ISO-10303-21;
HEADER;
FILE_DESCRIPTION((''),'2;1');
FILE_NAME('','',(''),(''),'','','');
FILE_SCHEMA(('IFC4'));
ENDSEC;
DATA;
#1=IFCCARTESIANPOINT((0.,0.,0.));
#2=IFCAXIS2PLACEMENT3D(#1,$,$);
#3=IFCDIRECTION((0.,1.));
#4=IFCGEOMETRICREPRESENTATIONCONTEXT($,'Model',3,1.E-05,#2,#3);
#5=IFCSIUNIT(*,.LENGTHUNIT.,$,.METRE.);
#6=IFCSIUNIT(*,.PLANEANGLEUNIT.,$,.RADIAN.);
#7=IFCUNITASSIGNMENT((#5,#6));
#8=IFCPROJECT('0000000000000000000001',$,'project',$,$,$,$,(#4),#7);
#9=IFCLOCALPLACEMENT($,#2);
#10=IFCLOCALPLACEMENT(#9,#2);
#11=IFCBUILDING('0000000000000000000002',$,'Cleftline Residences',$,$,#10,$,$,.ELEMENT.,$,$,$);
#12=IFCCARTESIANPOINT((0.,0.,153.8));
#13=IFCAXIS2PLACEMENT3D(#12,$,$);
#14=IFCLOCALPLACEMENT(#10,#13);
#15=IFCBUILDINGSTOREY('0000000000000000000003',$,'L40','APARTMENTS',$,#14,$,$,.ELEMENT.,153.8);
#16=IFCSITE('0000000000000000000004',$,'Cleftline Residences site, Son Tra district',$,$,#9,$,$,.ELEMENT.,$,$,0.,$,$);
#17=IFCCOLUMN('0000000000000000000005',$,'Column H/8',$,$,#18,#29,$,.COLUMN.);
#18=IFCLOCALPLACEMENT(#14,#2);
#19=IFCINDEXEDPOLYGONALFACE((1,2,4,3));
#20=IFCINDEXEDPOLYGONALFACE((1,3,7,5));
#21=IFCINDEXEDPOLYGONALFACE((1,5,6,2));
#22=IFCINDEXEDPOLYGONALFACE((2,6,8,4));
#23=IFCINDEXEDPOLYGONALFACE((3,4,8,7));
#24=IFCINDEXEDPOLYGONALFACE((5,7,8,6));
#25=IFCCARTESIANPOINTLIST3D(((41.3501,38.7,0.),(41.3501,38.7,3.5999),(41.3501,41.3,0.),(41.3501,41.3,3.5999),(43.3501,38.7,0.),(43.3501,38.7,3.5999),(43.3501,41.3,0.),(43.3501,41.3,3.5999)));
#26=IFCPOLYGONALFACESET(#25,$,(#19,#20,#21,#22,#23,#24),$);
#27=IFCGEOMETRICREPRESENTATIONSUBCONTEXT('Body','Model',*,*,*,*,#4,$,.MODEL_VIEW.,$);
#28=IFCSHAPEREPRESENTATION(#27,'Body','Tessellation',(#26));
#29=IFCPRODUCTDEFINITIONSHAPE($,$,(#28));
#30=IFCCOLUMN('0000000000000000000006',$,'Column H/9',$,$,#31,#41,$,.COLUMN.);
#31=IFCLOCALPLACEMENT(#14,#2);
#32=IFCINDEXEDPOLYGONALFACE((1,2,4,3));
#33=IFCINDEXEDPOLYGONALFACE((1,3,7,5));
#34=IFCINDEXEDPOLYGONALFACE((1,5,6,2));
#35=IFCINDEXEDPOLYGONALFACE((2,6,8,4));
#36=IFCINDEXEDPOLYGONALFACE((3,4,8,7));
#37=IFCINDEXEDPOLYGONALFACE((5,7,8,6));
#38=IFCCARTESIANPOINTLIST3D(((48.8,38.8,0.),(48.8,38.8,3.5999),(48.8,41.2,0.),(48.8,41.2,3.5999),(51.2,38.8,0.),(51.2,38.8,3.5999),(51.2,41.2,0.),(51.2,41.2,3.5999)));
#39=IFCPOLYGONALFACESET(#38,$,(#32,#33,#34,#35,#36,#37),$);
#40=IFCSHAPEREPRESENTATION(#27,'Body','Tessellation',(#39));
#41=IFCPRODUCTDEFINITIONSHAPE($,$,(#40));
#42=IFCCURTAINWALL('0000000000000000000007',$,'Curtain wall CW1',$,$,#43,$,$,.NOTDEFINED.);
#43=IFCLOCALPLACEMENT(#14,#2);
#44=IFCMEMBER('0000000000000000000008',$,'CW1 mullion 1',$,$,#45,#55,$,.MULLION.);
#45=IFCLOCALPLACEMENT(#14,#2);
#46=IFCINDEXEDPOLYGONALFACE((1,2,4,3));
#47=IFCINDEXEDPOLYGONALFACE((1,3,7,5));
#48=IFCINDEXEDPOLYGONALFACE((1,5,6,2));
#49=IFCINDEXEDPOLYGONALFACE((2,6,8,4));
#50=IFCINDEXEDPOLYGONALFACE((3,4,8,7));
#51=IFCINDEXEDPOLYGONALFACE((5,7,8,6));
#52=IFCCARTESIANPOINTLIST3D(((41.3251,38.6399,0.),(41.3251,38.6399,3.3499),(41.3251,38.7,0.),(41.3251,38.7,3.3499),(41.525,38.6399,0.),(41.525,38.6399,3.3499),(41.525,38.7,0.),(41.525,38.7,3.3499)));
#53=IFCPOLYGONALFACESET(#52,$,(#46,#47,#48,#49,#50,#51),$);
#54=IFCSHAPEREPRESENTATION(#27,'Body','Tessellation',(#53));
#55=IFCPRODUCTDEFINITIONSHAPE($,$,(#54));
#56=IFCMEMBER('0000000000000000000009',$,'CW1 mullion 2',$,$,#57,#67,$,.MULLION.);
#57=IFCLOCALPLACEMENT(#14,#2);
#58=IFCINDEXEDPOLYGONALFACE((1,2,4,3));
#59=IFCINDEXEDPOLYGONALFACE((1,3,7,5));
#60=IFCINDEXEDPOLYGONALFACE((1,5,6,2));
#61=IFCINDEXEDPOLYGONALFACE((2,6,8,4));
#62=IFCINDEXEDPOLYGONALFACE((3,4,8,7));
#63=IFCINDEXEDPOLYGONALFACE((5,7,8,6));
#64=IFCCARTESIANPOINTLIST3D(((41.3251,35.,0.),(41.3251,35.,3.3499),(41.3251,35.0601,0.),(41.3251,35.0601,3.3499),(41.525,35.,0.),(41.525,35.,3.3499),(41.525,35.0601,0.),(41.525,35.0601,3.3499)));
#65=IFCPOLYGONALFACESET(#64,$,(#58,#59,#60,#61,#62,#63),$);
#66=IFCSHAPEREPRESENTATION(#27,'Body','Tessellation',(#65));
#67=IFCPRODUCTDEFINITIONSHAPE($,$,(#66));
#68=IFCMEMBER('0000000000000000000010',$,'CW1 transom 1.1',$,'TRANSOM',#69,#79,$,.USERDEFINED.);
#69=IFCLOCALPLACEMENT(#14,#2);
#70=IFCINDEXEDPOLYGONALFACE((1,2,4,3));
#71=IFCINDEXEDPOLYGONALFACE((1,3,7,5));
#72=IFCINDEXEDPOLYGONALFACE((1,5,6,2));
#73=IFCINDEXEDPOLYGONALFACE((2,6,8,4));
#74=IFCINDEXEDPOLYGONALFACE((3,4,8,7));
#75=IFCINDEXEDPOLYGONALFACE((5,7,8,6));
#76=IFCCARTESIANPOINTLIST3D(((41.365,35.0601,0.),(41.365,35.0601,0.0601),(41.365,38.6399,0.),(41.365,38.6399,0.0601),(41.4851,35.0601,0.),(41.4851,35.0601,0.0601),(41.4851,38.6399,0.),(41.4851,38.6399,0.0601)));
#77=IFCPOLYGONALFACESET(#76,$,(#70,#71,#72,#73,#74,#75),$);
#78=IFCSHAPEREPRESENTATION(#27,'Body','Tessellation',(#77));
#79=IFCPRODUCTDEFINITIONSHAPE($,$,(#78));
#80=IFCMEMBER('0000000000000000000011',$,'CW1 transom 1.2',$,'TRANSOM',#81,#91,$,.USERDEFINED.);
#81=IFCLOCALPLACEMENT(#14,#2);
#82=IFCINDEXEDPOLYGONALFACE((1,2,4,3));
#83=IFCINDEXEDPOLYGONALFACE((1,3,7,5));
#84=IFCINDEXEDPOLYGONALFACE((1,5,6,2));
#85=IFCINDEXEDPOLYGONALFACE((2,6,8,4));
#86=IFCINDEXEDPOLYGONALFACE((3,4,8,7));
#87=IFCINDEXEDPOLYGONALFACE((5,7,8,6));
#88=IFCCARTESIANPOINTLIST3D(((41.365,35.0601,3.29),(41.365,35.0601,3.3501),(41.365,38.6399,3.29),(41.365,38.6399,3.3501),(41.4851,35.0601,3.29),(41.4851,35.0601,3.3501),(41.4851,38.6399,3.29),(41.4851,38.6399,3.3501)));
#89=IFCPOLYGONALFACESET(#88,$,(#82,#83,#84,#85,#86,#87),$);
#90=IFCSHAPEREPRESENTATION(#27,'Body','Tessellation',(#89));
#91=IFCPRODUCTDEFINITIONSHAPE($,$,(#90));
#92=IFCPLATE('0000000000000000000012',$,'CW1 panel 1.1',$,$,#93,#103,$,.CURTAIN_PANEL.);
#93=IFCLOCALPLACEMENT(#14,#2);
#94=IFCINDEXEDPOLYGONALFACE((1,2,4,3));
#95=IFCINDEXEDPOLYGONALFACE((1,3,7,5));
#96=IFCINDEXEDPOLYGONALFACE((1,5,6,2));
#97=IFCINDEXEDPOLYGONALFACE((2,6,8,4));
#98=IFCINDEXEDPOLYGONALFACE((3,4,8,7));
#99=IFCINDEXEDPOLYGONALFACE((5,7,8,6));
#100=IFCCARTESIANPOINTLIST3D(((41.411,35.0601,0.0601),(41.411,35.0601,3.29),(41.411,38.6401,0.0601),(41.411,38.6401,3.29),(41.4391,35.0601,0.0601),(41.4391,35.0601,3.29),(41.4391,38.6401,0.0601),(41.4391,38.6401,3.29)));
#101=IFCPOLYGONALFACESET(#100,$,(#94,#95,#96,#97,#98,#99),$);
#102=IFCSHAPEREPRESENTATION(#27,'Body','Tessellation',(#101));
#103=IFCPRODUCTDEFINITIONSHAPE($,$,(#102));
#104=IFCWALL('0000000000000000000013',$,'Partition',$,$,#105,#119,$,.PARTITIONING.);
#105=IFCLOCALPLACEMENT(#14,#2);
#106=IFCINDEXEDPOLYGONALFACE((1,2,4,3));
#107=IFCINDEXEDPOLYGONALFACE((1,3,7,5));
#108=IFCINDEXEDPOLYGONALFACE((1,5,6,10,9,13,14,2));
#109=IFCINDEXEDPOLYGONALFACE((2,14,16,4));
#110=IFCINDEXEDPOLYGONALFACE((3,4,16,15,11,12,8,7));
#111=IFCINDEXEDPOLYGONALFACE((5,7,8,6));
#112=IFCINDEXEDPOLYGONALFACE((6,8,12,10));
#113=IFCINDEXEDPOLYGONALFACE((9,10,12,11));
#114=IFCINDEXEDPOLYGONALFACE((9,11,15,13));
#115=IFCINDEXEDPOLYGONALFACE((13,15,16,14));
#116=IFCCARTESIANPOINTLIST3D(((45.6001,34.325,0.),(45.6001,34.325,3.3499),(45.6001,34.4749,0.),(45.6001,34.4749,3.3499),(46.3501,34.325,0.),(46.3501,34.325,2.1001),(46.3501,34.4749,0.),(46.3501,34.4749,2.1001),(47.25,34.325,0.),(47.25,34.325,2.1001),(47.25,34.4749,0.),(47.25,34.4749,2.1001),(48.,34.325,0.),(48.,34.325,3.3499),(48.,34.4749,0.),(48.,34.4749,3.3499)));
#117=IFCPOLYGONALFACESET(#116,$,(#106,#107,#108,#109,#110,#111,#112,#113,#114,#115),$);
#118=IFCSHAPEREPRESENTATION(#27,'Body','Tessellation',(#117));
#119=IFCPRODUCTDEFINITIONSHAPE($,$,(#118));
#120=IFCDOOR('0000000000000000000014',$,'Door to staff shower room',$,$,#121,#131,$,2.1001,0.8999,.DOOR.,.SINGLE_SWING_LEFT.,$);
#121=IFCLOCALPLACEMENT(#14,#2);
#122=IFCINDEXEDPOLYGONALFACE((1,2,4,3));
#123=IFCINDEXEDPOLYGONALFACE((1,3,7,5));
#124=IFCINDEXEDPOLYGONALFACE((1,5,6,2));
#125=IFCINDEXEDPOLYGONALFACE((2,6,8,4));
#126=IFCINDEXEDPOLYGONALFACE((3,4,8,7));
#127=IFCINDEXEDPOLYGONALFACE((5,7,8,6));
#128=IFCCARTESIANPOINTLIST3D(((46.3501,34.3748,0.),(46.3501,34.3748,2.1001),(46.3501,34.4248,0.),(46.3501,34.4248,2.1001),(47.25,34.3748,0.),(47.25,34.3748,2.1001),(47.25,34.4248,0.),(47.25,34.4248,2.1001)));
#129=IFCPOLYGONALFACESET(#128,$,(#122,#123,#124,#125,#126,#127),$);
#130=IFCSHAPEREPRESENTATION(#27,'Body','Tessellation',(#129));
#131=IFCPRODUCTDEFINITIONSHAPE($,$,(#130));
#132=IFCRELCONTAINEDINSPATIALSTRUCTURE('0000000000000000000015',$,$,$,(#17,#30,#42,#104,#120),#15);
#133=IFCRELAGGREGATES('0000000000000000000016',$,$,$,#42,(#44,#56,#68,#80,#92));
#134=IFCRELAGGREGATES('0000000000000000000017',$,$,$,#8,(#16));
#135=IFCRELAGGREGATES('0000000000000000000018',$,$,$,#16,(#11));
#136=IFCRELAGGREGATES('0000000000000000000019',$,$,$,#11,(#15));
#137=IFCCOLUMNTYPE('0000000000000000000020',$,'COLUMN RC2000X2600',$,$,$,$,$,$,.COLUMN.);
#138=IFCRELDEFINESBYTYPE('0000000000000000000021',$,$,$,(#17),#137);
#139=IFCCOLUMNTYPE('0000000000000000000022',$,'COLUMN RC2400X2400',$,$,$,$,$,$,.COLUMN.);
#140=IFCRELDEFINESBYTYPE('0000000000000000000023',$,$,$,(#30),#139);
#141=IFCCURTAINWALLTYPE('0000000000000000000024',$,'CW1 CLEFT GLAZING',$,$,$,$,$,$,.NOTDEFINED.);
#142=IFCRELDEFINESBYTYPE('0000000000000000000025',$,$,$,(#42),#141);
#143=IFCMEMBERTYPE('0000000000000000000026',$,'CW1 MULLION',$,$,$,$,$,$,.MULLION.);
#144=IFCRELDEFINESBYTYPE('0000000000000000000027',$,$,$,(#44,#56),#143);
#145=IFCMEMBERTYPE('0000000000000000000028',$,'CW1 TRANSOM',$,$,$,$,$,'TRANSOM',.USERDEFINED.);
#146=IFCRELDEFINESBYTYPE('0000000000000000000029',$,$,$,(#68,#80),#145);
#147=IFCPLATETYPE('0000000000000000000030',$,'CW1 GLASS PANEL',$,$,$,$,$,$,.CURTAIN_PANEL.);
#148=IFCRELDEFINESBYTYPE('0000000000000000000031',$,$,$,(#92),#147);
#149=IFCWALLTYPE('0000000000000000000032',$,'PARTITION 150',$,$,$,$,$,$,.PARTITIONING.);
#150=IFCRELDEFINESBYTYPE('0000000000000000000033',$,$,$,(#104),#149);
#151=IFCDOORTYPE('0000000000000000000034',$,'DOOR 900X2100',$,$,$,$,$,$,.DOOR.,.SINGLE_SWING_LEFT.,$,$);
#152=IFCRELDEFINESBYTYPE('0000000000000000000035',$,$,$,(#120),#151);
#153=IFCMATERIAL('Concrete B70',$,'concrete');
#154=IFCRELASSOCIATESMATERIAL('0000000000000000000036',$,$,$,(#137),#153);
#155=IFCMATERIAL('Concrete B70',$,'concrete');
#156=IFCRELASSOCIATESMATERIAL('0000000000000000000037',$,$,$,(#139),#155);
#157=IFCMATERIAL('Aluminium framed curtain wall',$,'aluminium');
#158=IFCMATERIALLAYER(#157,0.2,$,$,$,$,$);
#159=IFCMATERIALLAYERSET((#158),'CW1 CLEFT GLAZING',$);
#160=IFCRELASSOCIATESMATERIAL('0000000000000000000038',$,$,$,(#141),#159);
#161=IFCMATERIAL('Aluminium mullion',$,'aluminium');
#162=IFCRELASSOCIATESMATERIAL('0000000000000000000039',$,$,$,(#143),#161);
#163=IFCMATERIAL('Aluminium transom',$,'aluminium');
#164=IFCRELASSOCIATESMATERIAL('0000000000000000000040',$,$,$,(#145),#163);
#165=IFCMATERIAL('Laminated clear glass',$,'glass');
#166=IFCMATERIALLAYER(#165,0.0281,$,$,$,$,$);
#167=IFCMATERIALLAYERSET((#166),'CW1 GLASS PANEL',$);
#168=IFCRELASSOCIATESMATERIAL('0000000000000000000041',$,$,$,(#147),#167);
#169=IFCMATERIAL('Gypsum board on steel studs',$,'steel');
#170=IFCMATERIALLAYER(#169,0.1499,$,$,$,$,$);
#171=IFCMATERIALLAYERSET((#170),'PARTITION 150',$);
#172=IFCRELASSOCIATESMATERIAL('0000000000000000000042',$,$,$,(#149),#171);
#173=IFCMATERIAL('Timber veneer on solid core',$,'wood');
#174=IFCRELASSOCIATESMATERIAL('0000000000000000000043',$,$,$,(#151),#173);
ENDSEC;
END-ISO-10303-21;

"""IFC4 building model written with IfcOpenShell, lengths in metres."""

from ifc_helpers import new_model, si_unit, direction, frame, frame_2d, origin, origin_2d, place, context, subcontext, project, spatial, rectangle, extrude, material, layer, layer_set, material_profile, profile_set, type_object, element, fill, aggregate, save


model = new_model("IFC4")

# Units and contexts
model_context = context("Model", 3, precision=1e-05, world=origin(), true_north=direction((0.0, 1.0)))
body_context = subcontext(model_context, "Body", "Model", "MODEL_VIEW")
ifc_project = project(units=[si_unit("LENGTHUNIT", "METRE"), si_unit("PLANEANGLEUNIT", "RADIAN")], contexts=[model_context])

# Site, building, storey
site_placement = place(None, origin())
site = spatial("IfcSite", under=ifc_project, at=site_placement, Name="Cleftline Residences site, Son Tra district", CompositionType="ELEMENT", RefElevation=0.0)
building_placement = place(site_placement, origin())
building = spatial("IfcBuilding", under=site, at=building_placement, Name="Cleftline Residences", CompositionType="ELEMENT")
storey_placement = place(building_placement, frame((0.0, 0.0, 153.8)))
storey = spatial("IfcBuildingStorey", under=building, at=storey_placement, Name="L40", Description="APARTMENTS", CompositionType="ELEMENT", Elevation=153.8)

# Columns
ifc_material_1 = material(Name="Concrete B70", Category="concrete")
ifc_material_profile_1 = material_profile(ifc_material_1, rectangle(XDim=2.0, YDim=2.6001, at=origin_2d()))
ifc_profile_set_1 = profile_set([ifc_material_profile_1], Name="Concrete B70")
column_type_1 = type_object("IfcColumnType", Name="COLUMN RC2000X2600", PredefinedType="COLUMN", material=ifc_profile_set_1)
column_1_placement = place(storey_placement, frame((42.3501, 40.0, 0.0), z_axis=(0.0, 0.0, 1.0), x_axis=(1.0, 0.0, 0.0)))
element("IfcColumn", 1, at=column_1_placement, inside=storey, type_object=column_type_1, Name="Column H/8", PredefinedType="COLUMN", context=body_context, shape_type="SweptSolid", body=[
    extrude(rectangle(XDim=2.0, YDim=2.6001, at=origin_2d()), origin(), (0.0, 0.0, 1.0), 3.5999),
])
ifc_material_2 = material(Name="Concrete B70", Category="concrete")
ifc_material_profile_2 = material_profile(ifc_material_2, rectangle(XDim=2.3999, YDim=2.3999, at=origin_2d()))
ifc_profile_set_2 = profile_set([ifc_material_profile_2], Name="Concrete B70")
column_type_2 = type_object("IfcColumnType", Name="COLUMN RC2400X2400", PredefinedType="COLUMN", material=ifc_profile_set_2)
column_2_placement = place(storey_placement, frame((50.0, 40.0, 0.0), z_axis=(0.0, 0.0, 1.0), x_axis=(1.0, 0.0, 0.0)))
element("IfcColumn", 2, at=column_2_placement, inside=storey, type_object=column_type_2, Name="Column H/9", PredefinedType="COLUMN", context=body_context, shape_type="SweptSolid", body=[
    extrude(rectangle(XDim=2.3999, YDim=2.3999, at=origin_2d()), origin(), (0.0, 0.0, 1.0), 3.5999),
])

# Curtain wall, members, plate
ifc_material_3 = material(Name="Aluminium framed curtain wall", Category="aluminium")
ifc_layer_1 = layer(ifc_material_3, 0.2)
ifc_layer_set_1 = layer_set([ifc_layer_1], Name="CW1 CLEFT GLAZING")
curtain_wall_type = type_object("IfcCurtainWallType", Name="CW1 CLEFT GLAZING", PredefinedType="NOTDEFINED", material=ifc_layer_set_1)
curtain_wall_placement = place(storey_placement, origin())
curtain_wall = element("IfcCurtainWall", 3, at=curtain_wall_placement, inside=storey, type_object=curtain_wall_type, Name="Curtain wall CW1", PredefinedType="NOTDEFINED")
ifc_material_4 = material(Name="Aluminium mullion", Category="aluminium")
ifc_material_profile_3 = material_profile(ifc_material_4, rectangle(XDim=0.2, YDim=0.0601, at=origin_2d()))
ifc_profile_set_3 = profile_set([ifc_material_profile_3], Name="Aluminium mullion")
member_type_1 = type_object("IfcMemberType", Name="CW1 MULLION", PredefinedType="MULLION", material=ifc_profile_set_3)
member_1_placement = place(storey_placement, frame((41.425, 38.6699, 0.0), z_axis=(0.0, 0.0, 1.0), x_axis=(1.0, 0.0, 0.0)))
member_1 = element("IfcMember", 4, at=member_1_placement, type_object=member_type_1, Name="CW1 mullion 1", PredefinedType="MULLION", context=body_context, shape_type="SweptSolid", body=[
    extrude(rectangle(XDim=0.2, YDim=0.0601, at=origin_2d()), origin(), (0.0, 0.0, 1.0), 3.3499),
])
member_2_placement = place(storey_placement, frame((41.425, 35.03, 0.0), z_axis=(0.0, 0.0, 1.0), x_axis=(1.0, 0.0, 0.0)))
member_2 = element("IfcMember", 5, at=member_2_placement, type_object=member_type_1, Name="CW1 mullion 2", PredefinedType="MULLION", context=body_context, shape_type="SweptSolid", body=[
    extrude(rectangle(XDim=0.2, YDim=0.0601, at=origin_2d()), origin(), (0.0, 0.0, 1.0), 3.3499),
])
ifc_material_5 = material(Name="Aluminium transom", Category="aluminium")
ifc_material_profile_4 = material_profile(ifc_material_5, rectangle(XDim=0.1201, YDim=0.0601, at=origin_2d()))
ifc_profile_set_4 = profile_set([ifc_material_profile_4], Name="Aluminium transom")
member_type_2 = type_object("IfcMemberType", Name="CW1 TRANSOM", ElementType="TRANSOM", PredefinedType="USERDEFINED", material=ifc_profile_set_4)
member_3_placement = place(storey_placement, frame((41.425, 38.6399, 0.03), z_axis=(0.0, -1.0, 0.0), x_axis=(1.0, 0.0, 0.0)))
member_3 = element("IfcMember", 6, at=member_3_placement, type_object=member_type_2, Name="CW1 transom 1.1", ObjectType="TRANSOM", PredefinedType="USERDEFINED", context=body_context, shape_type="SweptSolid", body=[
    extrude(rectangle(XDim=0.1201, YDim=0.0601, at=origin_2d()), origin(), (0.0, 0.0, 1.0), 3.5798),
])
member_4_placement = place(storey_placement, frame((41.425, 38.6399, 3.3201), z_axis=(0.0, -1.0, 0.0), x_axis=(1.0, 0.0, 0.0)))
member_4 = element("IfcMember", 7, at=member_4_placement, type_object=member_type_2, Name="CW1 transom 1.2", ObjectType="TRANSOM", PredefinedType="USERDEFINED", context=body_context, shape_type="SweptSolid", body=[
    extrude(rectangle(XDim=0.1201, YDim=0.0601, at=origin_2d()), origin(), (0.0, 0.0, 1.0), 3.5798),
])
ifc_material_6 = material(Name="Laminated clear glass", Category="glass")
ifc_layer_2 = layer(ifc_material_6, 0.0281)
ifc_layer_set_2 = layer_set([ifc_layer_2], Name="CW1 GLASS PANEL")
plate_type = type_object("IfcPlateType", Name="CW1 GLASS PANEL", PredefinedType="CURTAIN_PANEL", material=ifc_layer_set_2)
plate_placement = place(storey_placement, frame((41.425, 36.8501, 0.0601), z_axis=(0.0, 0.0, 1.0), x_axis=(0.0, -1.0, 0.0)))
plate = element("IfcPlate", 8, at=plate_placement, type_object=plate_type, Name="CW1 panel 1.1", PredefinedType="CURTAIN_PANEL", context=body_context, shape_type="SweptSolid", body=[
    extrude(rectangle(XDim=3.5801, YDim=0.0281, at=origin_2d()), origin(), (0.0, 0.0, 1.0), 3.23),
])
aggregate(curtain_wall, [member_1, member_2, member_3, member_4, plate])

# Wall, opening, door
ifc_material_7 = material(Name="Gypsum board on steel studs", Category="steel")
ifc_layer_3 = layer(ifc_material_7, 0.1499)
ifc_layer_set_3 = layer_set([ifc_layer_3], Name="PARTITION 150")
wall_type = type_object("IfcWallType", Name="PARTITION 150", PredefinedType="PARTITIONING", material=ifc_layer_set_3)
wall_1_placement = place(storey_placement, frame((45.6001, 34.3999, 0.0), z_axis=(0.0, 0.0, 1.0), x_axis=(1.0, 0.0, 0.0)))
wall_1 = element("IfcWall", 9, at=wall_1_placement, inside=storey, type_object=wall_type, Name="Partition", PredefinedType="PARTITIONING", context=body_context, shape_type="SweptSolid", body=[
    extrude(rectangle(XDim=2.3999, YDim=0.1499, at=frame_2d((1.2, 0.0))), origin(), (0.0, 0.0, 1.0), 3.3499),
])
opening_1_placement = place(wall_1_placement, frame((0.75, 0.0, 0.0)))
opening_1 = element("IfcOpeningElement", 10, at=opening_1_placement, cuts=wall_1, PredefinedType="OPENING", context=body_context, shape_type="SweptSolid", body=[
    extrude(rectangle(XDim=0.8999, YDim=2.1001, at=frame_2d((0.45, 1.05))), frame((0.0, 0.085, 0.0), z_axis=(0.0, -1.0, 0.0), x_axis=(1.0, 0.0, 0.0)), (0.0, 0.0, 1.0), 0.1699),
])
ifc_material_8 = material(Name="Timber veneer on solid core", Category="wood")
door_type_1 = type_object("IfcDoorType", Name="DOOR 900X2100", OperationType="SINGLE_SWING_LEFT", PredefinedType="DOOR", material=ifc_material_8)
door_1_placement = place(opening_1_placement, origin())
door_1 = element("IfcDoor", 11, at=door_1_placement, inside=storey, type_object=door_type_1, Name="Door to staff shower room", OperationType="SINGLE_SWING_LEFT", OverallHeight=2.1001, OverallWidth=0.8999, PredefinedType="DOOR", context=body_context, shape_type="SweptSolid", body=[
    extrude(rectangle(XDim=0.8999, YDim=2.1001, at=frame_2d((0.45, 1.05))), frame((0.0, 0.0249, 0.0), z_axis=(0.0, -1.0, 0.0), x_axis=(1.0, 0.0, 0.0)), (0.0, 0.0, 1.0), 0.05),
])
fill(opening_1, door_1)

save(model, "model.ifc")
